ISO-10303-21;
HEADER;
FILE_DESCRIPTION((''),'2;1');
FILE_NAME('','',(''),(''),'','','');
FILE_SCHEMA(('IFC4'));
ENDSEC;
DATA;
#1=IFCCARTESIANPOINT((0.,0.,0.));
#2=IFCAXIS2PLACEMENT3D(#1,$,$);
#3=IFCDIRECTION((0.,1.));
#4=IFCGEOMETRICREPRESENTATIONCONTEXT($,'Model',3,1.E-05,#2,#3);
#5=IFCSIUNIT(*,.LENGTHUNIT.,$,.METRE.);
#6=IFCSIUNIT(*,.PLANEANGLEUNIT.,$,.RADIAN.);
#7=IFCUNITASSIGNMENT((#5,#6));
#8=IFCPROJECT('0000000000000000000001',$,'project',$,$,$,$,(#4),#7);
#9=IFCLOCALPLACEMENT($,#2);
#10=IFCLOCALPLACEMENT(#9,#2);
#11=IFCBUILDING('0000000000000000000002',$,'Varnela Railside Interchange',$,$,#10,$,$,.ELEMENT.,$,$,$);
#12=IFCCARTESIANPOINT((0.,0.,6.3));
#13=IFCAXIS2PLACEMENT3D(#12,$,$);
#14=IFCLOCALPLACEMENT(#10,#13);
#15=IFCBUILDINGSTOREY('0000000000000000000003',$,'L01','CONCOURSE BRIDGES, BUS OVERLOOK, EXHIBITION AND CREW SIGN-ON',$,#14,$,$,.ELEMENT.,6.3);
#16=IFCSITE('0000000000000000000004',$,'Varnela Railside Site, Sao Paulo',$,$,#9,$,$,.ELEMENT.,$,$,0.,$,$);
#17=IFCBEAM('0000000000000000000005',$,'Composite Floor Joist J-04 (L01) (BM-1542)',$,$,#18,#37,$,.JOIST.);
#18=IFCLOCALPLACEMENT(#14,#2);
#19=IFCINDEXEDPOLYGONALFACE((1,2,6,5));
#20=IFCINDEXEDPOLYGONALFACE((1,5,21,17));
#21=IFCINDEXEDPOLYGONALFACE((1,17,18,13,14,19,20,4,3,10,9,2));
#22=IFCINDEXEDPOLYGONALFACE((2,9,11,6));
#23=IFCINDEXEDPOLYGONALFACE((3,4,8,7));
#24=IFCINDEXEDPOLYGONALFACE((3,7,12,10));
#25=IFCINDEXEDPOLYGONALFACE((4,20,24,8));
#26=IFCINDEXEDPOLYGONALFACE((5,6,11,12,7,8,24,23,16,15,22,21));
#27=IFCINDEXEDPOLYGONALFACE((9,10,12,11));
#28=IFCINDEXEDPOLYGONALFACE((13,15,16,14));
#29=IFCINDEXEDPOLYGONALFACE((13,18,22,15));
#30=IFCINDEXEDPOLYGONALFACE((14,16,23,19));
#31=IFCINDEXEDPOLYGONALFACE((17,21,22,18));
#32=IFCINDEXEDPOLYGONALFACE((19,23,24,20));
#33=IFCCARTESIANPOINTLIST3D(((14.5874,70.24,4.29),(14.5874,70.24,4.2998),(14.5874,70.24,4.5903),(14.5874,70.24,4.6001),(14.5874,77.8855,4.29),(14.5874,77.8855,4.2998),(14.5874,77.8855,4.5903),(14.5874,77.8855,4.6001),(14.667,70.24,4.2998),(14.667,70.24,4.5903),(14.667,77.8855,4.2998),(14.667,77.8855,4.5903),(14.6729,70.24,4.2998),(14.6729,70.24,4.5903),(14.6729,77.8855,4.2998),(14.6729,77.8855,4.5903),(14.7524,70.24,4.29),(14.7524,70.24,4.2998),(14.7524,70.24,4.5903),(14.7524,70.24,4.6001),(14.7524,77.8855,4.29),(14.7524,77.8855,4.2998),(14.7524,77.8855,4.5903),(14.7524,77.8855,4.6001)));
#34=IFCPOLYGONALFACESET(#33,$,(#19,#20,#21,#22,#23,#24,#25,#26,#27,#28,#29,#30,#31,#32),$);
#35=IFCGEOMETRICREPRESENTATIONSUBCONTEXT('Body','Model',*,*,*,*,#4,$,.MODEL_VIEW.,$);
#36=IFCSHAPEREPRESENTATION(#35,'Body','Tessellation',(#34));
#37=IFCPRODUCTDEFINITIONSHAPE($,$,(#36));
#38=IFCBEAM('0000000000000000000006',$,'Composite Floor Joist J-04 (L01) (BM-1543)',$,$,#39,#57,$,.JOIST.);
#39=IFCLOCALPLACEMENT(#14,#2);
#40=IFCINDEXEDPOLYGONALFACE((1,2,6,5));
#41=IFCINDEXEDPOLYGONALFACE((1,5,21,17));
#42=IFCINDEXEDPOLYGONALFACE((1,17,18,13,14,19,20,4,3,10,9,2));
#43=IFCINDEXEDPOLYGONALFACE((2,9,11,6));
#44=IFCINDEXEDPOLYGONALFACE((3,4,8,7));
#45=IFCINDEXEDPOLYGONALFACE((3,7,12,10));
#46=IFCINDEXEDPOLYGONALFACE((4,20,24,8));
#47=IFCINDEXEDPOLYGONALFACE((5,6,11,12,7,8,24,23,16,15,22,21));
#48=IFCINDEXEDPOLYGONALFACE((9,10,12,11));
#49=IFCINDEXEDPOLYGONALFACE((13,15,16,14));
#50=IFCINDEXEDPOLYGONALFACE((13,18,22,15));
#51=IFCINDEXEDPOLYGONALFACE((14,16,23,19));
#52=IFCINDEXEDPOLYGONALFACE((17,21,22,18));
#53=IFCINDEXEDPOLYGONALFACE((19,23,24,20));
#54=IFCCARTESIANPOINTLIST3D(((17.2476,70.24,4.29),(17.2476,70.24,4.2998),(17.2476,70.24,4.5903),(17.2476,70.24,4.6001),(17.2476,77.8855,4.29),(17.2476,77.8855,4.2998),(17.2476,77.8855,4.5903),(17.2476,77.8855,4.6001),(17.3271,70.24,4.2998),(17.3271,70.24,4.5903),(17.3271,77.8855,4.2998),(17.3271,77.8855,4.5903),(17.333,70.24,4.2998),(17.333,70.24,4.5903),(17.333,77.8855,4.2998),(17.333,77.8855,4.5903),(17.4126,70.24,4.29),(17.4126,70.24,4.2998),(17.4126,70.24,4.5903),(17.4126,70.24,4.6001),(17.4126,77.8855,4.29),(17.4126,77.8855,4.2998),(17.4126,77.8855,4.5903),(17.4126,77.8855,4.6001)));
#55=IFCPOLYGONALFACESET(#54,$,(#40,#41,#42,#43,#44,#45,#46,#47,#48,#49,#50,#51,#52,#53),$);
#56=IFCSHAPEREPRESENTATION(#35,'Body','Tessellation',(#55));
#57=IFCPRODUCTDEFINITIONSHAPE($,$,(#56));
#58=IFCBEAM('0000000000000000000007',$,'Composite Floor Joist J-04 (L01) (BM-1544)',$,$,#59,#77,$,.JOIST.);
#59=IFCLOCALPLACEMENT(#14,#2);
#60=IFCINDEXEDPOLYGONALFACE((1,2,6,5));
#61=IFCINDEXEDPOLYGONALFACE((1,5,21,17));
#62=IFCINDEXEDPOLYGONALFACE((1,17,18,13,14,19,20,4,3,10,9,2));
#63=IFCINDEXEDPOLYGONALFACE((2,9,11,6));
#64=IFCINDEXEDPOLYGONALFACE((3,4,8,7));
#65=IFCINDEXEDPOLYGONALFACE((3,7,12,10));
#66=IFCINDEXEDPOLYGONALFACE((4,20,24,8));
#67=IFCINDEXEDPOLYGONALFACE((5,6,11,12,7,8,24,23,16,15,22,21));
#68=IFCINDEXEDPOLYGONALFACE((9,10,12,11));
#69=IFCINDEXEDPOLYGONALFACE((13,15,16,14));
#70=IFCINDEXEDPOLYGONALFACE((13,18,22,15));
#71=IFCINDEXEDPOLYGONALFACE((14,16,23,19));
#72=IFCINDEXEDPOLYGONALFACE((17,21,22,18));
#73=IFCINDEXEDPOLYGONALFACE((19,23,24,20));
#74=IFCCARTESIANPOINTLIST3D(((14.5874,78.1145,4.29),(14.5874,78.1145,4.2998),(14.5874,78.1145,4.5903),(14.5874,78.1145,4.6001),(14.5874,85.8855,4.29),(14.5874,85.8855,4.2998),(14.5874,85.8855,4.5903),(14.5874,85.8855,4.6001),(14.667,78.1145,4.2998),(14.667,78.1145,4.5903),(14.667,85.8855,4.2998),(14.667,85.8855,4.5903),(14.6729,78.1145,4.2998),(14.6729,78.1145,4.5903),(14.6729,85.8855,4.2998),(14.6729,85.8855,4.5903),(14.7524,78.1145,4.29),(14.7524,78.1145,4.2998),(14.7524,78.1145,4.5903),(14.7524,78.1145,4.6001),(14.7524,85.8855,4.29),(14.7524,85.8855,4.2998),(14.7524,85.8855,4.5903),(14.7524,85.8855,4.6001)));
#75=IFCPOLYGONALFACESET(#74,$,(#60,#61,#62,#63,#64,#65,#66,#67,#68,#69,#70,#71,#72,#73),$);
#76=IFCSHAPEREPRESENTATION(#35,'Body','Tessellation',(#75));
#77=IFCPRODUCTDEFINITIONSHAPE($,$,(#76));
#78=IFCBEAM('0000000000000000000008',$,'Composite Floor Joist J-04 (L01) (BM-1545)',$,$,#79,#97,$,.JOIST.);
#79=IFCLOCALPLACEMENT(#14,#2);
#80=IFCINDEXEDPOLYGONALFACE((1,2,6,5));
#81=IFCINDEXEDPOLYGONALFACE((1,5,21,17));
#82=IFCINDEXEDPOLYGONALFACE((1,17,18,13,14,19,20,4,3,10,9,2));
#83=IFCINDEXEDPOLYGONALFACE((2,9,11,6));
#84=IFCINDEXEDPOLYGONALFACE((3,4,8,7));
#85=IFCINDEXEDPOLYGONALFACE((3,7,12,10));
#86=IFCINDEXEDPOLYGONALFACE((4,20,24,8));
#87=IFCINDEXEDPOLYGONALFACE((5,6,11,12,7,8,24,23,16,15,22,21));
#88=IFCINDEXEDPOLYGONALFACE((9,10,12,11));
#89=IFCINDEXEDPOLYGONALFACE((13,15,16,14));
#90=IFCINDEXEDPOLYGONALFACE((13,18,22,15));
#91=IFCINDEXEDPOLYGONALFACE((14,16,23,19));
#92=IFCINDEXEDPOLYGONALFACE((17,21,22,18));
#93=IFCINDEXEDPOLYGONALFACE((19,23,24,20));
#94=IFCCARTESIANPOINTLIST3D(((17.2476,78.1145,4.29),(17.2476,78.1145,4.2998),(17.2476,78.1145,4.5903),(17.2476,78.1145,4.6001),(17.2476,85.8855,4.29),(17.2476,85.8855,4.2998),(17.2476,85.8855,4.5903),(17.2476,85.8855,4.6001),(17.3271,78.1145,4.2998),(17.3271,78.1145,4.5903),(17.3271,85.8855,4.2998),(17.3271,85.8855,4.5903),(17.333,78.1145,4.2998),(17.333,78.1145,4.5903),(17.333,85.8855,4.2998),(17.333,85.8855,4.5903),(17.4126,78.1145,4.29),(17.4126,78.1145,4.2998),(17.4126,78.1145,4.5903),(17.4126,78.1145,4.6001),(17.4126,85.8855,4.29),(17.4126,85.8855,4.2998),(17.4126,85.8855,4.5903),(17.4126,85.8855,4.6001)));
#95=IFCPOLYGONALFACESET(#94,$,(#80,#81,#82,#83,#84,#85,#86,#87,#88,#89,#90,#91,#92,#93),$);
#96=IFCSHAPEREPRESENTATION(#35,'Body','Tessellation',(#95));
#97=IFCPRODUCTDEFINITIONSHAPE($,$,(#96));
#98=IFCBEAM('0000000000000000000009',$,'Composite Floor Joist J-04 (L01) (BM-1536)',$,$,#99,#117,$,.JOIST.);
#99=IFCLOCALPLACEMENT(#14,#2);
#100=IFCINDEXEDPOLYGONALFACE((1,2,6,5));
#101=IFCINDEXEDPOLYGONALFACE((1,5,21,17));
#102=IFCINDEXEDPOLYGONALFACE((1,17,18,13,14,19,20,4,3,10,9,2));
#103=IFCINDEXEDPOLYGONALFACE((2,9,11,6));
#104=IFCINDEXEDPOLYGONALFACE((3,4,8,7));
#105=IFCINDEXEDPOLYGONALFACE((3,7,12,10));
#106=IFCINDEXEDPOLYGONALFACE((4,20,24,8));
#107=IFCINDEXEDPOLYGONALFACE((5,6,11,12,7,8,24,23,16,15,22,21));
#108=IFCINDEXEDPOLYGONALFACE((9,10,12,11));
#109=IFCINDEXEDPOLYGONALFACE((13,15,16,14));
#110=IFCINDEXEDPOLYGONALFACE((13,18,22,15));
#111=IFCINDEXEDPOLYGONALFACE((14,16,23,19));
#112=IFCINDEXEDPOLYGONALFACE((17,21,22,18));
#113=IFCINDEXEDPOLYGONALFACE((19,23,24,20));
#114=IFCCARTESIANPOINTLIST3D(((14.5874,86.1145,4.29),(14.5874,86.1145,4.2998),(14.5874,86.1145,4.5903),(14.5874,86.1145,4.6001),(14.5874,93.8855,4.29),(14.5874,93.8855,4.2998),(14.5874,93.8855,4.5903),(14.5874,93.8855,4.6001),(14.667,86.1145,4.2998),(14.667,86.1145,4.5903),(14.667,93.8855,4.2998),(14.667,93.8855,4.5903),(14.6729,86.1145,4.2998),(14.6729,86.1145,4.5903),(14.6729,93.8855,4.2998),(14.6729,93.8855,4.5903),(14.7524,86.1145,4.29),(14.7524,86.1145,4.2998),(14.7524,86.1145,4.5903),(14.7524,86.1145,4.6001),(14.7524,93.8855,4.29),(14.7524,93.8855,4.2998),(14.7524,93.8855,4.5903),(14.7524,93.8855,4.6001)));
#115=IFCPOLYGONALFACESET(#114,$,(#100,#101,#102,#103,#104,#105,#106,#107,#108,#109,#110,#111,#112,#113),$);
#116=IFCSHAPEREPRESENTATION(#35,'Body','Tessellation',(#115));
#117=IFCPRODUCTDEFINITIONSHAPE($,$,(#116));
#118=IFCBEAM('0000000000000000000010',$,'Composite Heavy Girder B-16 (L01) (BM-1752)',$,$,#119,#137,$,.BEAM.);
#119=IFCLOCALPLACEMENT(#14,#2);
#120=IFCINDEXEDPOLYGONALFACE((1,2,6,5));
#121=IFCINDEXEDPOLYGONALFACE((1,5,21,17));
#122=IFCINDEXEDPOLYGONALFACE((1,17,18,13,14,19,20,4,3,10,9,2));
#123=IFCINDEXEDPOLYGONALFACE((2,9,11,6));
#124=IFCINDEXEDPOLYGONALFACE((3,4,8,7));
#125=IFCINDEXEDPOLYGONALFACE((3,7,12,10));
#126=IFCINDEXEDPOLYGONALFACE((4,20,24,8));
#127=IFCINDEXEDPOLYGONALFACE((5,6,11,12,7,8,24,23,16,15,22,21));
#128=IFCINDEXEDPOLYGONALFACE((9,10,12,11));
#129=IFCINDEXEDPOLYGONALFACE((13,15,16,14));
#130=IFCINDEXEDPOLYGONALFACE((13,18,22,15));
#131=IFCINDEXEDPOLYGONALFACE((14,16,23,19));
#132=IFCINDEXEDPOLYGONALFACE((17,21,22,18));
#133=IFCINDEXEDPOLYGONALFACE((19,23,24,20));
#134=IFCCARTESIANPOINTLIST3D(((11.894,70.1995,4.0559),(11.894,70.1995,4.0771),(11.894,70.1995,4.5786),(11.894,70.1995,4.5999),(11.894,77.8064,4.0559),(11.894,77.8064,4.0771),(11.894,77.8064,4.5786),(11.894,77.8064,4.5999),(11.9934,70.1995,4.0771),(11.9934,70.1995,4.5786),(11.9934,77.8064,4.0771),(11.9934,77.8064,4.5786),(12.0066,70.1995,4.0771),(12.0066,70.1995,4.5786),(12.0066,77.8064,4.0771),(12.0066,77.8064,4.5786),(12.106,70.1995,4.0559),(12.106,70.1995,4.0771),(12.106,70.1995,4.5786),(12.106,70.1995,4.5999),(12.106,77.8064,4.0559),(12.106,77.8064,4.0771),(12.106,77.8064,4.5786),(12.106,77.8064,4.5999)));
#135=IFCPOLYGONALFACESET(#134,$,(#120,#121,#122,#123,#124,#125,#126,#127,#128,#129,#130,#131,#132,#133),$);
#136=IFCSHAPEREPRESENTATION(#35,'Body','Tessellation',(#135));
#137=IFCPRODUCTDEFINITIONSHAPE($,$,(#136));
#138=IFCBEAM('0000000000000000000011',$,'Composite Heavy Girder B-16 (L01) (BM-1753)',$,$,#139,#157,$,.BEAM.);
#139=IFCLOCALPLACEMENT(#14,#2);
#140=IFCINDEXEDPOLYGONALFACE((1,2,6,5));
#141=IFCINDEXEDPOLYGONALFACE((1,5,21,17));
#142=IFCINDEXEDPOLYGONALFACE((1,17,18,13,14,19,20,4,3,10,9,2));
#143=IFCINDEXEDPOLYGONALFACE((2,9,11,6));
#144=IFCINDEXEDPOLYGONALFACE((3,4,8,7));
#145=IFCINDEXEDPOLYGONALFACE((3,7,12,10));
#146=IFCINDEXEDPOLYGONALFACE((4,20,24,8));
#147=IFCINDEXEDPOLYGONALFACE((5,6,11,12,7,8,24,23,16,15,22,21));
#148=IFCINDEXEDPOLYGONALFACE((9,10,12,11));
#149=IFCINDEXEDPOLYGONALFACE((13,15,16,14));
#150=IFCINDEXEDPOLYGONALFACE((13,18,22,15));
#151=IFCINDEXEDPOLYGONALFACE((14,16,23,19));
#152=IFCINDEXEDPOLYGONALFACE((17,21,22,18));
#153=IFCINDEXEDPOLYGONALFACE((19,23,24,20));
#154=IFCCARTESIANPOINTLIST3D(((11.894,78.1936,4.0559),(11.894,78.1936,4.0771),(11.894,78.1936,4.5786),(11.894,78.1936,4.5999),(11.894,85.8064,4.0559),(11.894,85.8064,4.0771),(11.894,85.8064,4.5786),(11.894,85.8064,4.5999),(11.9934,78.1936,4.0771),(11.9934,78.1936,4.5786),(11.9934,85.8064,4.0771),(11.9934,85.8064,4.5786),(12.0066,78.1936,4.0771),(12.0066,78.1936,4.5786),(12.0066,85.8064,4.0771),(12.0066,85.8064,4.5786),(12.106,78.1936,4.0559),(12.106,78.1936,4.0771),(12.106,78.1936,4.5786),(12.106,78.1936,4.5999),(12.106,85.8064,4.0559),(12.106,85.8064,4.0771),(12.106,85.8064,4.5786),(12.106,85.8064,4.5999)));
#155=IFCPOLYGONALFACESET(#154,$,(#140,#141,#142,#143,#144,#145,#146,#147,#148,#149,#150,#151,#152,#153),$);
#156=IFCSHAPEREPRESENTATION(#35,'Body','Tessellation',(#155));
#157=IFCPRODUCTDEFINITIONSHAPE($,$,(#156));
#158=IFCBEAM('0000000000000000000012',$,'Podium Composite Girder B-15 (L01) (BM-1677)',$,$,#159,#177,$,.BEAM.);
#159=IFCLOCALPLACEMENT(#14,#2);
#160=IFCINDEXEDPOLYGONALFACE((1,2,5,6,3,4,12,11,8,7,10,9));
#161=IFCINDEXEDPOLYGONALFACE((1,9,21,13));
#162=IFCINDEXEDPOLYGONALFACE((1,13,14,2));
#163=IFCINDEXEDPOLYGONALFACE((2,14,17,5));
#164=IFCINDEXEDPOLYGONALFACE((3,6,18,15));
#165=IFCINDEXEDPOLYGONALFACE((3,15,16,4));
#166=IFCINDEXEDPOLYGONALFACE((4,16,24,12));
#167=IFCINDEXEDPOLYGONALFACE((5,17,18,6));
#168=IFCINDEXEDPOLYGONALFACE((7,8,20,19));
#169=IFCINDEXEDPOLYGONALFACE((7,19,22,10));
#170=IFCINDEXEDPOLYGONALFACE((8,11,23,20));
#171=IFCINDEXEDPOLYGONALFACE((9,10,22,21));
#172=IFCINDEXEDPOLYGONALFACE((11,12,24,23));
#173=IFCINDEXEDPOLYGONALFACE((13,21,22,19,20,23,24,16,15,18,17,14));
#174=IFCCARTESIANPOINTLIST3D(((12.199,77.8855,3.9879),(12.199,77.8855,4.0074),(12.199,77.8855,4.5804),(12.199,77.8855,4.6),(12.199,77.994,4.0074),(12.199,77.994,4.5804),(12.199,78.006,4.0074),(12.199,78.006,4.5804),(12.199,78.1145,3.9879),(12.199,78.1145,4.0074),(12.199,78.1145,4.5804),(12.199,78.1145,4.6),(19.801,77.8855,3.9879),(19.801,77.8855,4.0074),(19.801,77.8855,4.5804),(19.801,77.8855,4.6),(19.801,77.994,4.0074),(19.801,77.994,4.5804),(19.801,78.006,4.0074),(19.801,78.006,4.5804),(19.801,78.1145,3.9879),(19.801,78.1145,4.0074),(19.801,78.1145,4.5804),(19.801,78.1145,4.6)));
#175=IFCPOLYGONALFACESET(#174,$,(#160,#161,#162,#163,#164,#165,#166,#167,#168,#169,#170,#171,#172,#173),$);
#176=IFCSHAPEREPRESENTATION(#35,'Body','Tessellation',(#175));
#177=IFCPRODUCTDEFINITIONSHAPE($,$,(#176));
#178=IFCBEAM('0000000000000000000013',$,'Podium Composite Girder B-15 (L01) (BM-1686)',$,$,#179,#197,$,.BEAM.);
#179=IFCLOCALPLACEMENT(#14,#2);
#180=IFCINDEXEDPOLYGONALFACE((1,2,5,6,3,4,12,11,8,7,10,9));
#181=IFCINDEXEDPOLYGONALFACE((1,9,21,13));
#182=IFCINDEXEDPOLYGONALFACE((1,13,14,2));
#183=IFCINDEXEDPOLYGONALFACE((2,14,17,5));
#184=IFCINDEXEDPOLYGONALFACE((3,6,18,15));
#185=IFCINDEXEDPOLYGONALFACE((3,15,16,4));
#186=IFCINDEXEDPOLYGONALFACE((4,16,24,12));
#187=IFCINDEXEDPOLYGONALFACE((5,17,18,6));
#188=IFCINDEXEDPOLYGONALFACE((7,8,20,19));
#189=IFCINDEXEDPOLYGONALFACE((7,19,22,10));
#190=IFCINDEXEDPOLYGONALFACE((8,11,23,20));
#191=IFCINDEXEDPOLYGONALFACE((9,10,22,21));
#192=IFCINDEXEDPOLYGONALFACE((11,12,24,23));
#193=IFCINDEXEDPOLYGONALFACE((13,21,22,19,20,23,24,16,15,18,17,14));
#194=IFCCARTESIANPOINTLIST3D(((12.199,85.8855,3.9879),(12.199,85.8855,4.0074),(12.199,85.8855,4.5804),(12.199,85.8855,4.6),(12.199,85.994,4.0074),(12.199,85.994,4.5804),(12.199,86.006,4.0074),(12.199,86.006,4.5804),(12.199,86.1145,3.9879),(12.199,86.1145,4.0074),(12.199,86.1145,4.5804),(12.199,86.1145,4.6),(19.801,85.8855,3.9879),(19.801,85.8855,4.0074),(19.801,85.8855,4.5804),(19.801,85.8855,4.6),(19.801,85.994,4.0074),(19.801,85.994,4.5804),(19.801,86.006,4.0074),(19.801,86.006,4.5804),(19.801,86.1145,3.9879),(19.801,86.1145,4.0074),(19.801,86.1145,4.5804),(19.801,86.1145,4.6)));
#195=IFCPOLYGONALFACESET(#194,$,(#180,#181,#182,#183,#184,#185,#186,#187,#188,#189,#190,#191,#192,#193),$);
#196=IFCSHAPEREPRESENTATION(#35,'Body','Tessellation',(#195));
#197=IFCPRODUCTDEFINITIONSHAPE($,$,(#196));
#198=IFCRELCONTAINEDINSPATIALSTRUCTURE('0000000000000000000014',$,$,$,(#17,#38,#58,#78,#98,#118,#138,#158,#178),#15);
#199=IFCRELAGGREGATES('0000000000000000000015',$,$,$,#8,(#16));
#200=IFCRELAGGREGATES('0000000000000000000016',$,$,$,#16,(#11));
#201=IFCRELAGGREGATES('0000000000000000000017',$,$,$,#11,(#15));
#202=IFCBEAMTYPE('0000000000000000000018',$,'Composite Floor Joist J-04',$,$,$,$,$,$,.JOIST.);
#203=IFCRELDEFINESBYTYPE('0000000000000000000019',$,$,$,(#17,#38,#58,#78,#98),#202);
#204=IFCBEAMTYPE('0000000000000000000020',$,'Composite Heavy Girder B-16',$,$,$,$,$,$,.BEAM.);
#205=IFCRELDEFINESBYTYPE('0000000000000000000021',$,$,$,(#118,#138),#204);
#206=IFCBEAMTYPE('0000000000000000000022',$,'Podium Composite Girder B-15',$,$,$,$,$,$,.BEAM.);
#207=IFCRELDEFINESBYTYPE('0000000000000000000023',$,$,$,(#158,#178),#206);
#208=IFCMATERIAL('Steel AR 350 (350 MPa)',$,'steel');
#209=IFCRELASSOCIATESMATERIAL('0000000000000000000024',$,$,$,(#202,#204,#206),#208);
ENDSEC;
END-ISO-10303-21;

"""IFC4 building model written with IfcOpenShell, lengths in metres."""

from ifc_helpers import new_model, si_unit, direction, frame, origin, origin_2d, place, context, subcontext, project, spatial, i_section, extrude, material, material_profile, profile_set, type_object, element, save


model = new_model("IFC4")

# Units and contexts
model_context = context("Model", 3, precision=1e-05, world=origin(), true_north=direction((0.0, 1.0)))
body_context = subcontext(model_context, "Body", "Model", "MODEL_VIEW")
ifc_project = project(units=[si_unit("LENGTHUNIT", "METRE"), si_unit("PLANEANGLEUNIT", "RADIAN")], contexts=[model_context])

# Site, building, storey
site_placement = place(None, origin())
site = spatial("IfcSite", under=ifc_project, at=site_placement, Name="Varnela Railside Site, Sao Paulo", CompositionType="ELEMENT", RefElevation=0.0)
building_placement = place(site_placement, origin())
building = spatial("IfcBuilding", under=site, at=building_placement, Name="Varnela Railside Interchange", CompositionType="ELEMENT")
storey_placement = place(building_placement, frame((0.0, 0.0, 6.3)))
storey = spatial("IfcBuildingStorey", under=building, at=storey_placement, Name="L01", Description="CONCOURSE BRIDGES, BUS OVERLOOK, EXHIBITION AND CREW SIGN-ON", CompositionType="ELEMENT", Elevation=6.3)

# Shared definitions
ifc_material_1 = material(Name="Steel AR 350 (350 MPa)", Category="steel")

# Beams
ifc_material_profile_1 = material_profile(ifc_material_1, i_section(OverallWidth=0.165, OverallDepth=0.3101, WebThickness=0.0059, FlangeThickness=0.0098, at=origin_2d()), Name="W310x38.7")
ifc_profile_set_1 = profile_set([ifc_material_profile_1], Name="Steel AR 350 (350 MPa)")
beam_type_1 = type_object("IfcBeamType", Name="Composite Floor Joist J-04", PredefinedType="JOIST", material=ifc_profile_set_1)
for number, where, z_axis, x_axis, name in (
    (1, (14.6699, 70.24, 4.4451), (0.0, 1.0, 0.0), (-1.0, 0.0, 0.0), "Composite Floor Joist J-04 (L01) (BM-1542)"),
    (2, (17.3301, 70.24, 4.4451), (0.0, 1.0, 0.0), (-1.0, 0.0, 0.0), "Composite Floor Joist J-04 (L01) (BM-1543)"),
):
    element("IfcBeam", number, at=place(storey_placement, frame(where, z_axis=z_axis, x_axis=x_axis)), inside=storey, type_object=beam_type_1, Name=name, PredefinedType="JOIST", context=body_context, shape_type="SweptSolid", body=[
        extrude(i_section(OverallWidth=0.165, OverallDepth=0.3101, WebThickness=0.0059, FlangeThickness=0.0098, at=origin_2d()), origin(), (0.0, 0.0, 1.0), 7.6455),
    ])
for number, where, z_axis, x_axis, name in (
    (3, (14.6699, 78.1145, 4.4451), (0.0, 1.0, 0.0), (-1.0, 0.0, 0.0), "Composite Floor Joist J-04 (L01) (BM-1544)"),
    (4, (17.3301, 78.1145, 4.4451), (0.0, 1.0, 0.0), (-1.0, 0.0, 0.0), "Composite Floor Joist J-04 (L01) (BM-1545)"),
    (5, (14.6699, 86.1145, 4.4451), (0.0, 1.0, 0.0), (-1.0, 0.0, 0.0), "Composite Floor Joist J-04 (L01) (BM-1536)"),
):
    element("IfcBeam", number, at=place(storey_placement, frame(where, z_axis=z_axis, x_axis=x_axis)), inside=storey, type_object=beam_type_1, Name=name, PredefinedType="JOIST", context=body_context, shape_type="SweptSolid", body=[
        extrude(i_section(OverallWidth=0.165, OverallDepth=0.3101, WebThickness=0.0059, FlangeThickness=0.0098, at=origin_2d()), origin(), (0.0, 0.0, 1.0), 7.771),
    ])
ifc_material_profile_2 = material_profile(ifc_material_1, i_section(OverallWidth=0.2119, OverallDepth=0.5439, WebThickness=0.0132, FlangeThickness=0.0212, at=origin_2d()), Name="W530x123")
ifc_profile_set_2 = profile_set([ifc_material_profile_2], Name="Steel AR 350 (350 MPa)")
beam_type_2 = type_object("IfcBeamType", Name="Composite Heavy Girder B-16", PredefinedType="BEAM", material=ifc_profile_set_2)
beam_1_placement = place(storey_placement, frame((12.0, 70.1995, 4.3279), z_axis=(0.0, 1.0, 0.0), x_axis=(-1.0, 0.0, 0.0)))
element("IfcBeam", 6, at=beam_1_placement, inside=storey, type_object=beam_type_2, Name="Composite Heavy Girder B-16 (L01) (BM-1752)", PredefinedType="BEAM", context=body_context, shape_type="SweptSolid", body=[
    extrude(i_section(OverallWidth=0.2119, OverallDepth=0.5439, WebThickness=0.0132, FlangeThickness=0.0212, at=origin_2d()), origin(), (0.0, 0.0, 1.0), 7.6069),
])
beam_2_placement = place(storey_placement, frame((12.0, 78.1936, 4.3279), z_axis=(0.0, 1.0, 0.0), x_axis=(-1.0, 0.0, 0.0)))
element("IfcBeam", 7, at=beam_2_placement, inside=storey, type_object=beam_type_2, Name="Composite Heavy Girder B-16 (L01) (BM-1753)", PredefinedType="BEAM", context=body_context, shape_type="SweptSolid", body=[
    extrude(i_section(OverallWidth=0.2119, OverallDepth=0.5439, WebThickness=0.0132, FlangeThickness=0.0212, at=origin_2d()), origin(), (0.0, 0.0, 1.0), 7.6128),
])
ifc_material_profile_3 = material_profile(ifc_material_1, i_section(OverallWidth=0.229, OverallDepth=0.6121, WebThickness=0.012, FlangeThickness=0.0195, at=origin_2d()), Name="W610x125")
ifc_profile_set_3 = profile_set([ifc_material_profile_3], Name="Steel AR 350 (350 MPa)")
beam_type_3 = type_object("IfcBeamType", Name="Podium Composite Girder B-15", PredefinedType="BEAM", material=ifc_profile_set_3)
for number, where, z_axis, x_axis, name in (
    (8, (12.199, 78.0, 4.2939), (1.0, 0.0, 0.0), (0.0, 1.0, 0.0), "Podium Composite Girder B-15 (L01) (BM-1677)"),
    (9, (12.199, 86.0, 4.2939), (1.0, 0.0, 0.0), (0.0, 1.0, 0.0), "Podium Composite Girder B-15 (L01) (BM-1686)"),
):
    element("IfcBeam", number, at=place(storey_placement, frame(where, z_axis=z_axis, x_axis=x_axis)), inside=storey, type_object=beam_type_3, Name=name, PredefinedType="BEAM", context=body_context, shape_type="SweptSolid", body=[
        extrude(i_section(OverallWidth=0.229, OverallDepth=0.6121, WebThickness=0.012, FlangeThickness=0.0195, at=origin_2d()), origin(), (0.0, 0.0, 1.0), 7.6021),
    ])

save(model, "model.ifc")
